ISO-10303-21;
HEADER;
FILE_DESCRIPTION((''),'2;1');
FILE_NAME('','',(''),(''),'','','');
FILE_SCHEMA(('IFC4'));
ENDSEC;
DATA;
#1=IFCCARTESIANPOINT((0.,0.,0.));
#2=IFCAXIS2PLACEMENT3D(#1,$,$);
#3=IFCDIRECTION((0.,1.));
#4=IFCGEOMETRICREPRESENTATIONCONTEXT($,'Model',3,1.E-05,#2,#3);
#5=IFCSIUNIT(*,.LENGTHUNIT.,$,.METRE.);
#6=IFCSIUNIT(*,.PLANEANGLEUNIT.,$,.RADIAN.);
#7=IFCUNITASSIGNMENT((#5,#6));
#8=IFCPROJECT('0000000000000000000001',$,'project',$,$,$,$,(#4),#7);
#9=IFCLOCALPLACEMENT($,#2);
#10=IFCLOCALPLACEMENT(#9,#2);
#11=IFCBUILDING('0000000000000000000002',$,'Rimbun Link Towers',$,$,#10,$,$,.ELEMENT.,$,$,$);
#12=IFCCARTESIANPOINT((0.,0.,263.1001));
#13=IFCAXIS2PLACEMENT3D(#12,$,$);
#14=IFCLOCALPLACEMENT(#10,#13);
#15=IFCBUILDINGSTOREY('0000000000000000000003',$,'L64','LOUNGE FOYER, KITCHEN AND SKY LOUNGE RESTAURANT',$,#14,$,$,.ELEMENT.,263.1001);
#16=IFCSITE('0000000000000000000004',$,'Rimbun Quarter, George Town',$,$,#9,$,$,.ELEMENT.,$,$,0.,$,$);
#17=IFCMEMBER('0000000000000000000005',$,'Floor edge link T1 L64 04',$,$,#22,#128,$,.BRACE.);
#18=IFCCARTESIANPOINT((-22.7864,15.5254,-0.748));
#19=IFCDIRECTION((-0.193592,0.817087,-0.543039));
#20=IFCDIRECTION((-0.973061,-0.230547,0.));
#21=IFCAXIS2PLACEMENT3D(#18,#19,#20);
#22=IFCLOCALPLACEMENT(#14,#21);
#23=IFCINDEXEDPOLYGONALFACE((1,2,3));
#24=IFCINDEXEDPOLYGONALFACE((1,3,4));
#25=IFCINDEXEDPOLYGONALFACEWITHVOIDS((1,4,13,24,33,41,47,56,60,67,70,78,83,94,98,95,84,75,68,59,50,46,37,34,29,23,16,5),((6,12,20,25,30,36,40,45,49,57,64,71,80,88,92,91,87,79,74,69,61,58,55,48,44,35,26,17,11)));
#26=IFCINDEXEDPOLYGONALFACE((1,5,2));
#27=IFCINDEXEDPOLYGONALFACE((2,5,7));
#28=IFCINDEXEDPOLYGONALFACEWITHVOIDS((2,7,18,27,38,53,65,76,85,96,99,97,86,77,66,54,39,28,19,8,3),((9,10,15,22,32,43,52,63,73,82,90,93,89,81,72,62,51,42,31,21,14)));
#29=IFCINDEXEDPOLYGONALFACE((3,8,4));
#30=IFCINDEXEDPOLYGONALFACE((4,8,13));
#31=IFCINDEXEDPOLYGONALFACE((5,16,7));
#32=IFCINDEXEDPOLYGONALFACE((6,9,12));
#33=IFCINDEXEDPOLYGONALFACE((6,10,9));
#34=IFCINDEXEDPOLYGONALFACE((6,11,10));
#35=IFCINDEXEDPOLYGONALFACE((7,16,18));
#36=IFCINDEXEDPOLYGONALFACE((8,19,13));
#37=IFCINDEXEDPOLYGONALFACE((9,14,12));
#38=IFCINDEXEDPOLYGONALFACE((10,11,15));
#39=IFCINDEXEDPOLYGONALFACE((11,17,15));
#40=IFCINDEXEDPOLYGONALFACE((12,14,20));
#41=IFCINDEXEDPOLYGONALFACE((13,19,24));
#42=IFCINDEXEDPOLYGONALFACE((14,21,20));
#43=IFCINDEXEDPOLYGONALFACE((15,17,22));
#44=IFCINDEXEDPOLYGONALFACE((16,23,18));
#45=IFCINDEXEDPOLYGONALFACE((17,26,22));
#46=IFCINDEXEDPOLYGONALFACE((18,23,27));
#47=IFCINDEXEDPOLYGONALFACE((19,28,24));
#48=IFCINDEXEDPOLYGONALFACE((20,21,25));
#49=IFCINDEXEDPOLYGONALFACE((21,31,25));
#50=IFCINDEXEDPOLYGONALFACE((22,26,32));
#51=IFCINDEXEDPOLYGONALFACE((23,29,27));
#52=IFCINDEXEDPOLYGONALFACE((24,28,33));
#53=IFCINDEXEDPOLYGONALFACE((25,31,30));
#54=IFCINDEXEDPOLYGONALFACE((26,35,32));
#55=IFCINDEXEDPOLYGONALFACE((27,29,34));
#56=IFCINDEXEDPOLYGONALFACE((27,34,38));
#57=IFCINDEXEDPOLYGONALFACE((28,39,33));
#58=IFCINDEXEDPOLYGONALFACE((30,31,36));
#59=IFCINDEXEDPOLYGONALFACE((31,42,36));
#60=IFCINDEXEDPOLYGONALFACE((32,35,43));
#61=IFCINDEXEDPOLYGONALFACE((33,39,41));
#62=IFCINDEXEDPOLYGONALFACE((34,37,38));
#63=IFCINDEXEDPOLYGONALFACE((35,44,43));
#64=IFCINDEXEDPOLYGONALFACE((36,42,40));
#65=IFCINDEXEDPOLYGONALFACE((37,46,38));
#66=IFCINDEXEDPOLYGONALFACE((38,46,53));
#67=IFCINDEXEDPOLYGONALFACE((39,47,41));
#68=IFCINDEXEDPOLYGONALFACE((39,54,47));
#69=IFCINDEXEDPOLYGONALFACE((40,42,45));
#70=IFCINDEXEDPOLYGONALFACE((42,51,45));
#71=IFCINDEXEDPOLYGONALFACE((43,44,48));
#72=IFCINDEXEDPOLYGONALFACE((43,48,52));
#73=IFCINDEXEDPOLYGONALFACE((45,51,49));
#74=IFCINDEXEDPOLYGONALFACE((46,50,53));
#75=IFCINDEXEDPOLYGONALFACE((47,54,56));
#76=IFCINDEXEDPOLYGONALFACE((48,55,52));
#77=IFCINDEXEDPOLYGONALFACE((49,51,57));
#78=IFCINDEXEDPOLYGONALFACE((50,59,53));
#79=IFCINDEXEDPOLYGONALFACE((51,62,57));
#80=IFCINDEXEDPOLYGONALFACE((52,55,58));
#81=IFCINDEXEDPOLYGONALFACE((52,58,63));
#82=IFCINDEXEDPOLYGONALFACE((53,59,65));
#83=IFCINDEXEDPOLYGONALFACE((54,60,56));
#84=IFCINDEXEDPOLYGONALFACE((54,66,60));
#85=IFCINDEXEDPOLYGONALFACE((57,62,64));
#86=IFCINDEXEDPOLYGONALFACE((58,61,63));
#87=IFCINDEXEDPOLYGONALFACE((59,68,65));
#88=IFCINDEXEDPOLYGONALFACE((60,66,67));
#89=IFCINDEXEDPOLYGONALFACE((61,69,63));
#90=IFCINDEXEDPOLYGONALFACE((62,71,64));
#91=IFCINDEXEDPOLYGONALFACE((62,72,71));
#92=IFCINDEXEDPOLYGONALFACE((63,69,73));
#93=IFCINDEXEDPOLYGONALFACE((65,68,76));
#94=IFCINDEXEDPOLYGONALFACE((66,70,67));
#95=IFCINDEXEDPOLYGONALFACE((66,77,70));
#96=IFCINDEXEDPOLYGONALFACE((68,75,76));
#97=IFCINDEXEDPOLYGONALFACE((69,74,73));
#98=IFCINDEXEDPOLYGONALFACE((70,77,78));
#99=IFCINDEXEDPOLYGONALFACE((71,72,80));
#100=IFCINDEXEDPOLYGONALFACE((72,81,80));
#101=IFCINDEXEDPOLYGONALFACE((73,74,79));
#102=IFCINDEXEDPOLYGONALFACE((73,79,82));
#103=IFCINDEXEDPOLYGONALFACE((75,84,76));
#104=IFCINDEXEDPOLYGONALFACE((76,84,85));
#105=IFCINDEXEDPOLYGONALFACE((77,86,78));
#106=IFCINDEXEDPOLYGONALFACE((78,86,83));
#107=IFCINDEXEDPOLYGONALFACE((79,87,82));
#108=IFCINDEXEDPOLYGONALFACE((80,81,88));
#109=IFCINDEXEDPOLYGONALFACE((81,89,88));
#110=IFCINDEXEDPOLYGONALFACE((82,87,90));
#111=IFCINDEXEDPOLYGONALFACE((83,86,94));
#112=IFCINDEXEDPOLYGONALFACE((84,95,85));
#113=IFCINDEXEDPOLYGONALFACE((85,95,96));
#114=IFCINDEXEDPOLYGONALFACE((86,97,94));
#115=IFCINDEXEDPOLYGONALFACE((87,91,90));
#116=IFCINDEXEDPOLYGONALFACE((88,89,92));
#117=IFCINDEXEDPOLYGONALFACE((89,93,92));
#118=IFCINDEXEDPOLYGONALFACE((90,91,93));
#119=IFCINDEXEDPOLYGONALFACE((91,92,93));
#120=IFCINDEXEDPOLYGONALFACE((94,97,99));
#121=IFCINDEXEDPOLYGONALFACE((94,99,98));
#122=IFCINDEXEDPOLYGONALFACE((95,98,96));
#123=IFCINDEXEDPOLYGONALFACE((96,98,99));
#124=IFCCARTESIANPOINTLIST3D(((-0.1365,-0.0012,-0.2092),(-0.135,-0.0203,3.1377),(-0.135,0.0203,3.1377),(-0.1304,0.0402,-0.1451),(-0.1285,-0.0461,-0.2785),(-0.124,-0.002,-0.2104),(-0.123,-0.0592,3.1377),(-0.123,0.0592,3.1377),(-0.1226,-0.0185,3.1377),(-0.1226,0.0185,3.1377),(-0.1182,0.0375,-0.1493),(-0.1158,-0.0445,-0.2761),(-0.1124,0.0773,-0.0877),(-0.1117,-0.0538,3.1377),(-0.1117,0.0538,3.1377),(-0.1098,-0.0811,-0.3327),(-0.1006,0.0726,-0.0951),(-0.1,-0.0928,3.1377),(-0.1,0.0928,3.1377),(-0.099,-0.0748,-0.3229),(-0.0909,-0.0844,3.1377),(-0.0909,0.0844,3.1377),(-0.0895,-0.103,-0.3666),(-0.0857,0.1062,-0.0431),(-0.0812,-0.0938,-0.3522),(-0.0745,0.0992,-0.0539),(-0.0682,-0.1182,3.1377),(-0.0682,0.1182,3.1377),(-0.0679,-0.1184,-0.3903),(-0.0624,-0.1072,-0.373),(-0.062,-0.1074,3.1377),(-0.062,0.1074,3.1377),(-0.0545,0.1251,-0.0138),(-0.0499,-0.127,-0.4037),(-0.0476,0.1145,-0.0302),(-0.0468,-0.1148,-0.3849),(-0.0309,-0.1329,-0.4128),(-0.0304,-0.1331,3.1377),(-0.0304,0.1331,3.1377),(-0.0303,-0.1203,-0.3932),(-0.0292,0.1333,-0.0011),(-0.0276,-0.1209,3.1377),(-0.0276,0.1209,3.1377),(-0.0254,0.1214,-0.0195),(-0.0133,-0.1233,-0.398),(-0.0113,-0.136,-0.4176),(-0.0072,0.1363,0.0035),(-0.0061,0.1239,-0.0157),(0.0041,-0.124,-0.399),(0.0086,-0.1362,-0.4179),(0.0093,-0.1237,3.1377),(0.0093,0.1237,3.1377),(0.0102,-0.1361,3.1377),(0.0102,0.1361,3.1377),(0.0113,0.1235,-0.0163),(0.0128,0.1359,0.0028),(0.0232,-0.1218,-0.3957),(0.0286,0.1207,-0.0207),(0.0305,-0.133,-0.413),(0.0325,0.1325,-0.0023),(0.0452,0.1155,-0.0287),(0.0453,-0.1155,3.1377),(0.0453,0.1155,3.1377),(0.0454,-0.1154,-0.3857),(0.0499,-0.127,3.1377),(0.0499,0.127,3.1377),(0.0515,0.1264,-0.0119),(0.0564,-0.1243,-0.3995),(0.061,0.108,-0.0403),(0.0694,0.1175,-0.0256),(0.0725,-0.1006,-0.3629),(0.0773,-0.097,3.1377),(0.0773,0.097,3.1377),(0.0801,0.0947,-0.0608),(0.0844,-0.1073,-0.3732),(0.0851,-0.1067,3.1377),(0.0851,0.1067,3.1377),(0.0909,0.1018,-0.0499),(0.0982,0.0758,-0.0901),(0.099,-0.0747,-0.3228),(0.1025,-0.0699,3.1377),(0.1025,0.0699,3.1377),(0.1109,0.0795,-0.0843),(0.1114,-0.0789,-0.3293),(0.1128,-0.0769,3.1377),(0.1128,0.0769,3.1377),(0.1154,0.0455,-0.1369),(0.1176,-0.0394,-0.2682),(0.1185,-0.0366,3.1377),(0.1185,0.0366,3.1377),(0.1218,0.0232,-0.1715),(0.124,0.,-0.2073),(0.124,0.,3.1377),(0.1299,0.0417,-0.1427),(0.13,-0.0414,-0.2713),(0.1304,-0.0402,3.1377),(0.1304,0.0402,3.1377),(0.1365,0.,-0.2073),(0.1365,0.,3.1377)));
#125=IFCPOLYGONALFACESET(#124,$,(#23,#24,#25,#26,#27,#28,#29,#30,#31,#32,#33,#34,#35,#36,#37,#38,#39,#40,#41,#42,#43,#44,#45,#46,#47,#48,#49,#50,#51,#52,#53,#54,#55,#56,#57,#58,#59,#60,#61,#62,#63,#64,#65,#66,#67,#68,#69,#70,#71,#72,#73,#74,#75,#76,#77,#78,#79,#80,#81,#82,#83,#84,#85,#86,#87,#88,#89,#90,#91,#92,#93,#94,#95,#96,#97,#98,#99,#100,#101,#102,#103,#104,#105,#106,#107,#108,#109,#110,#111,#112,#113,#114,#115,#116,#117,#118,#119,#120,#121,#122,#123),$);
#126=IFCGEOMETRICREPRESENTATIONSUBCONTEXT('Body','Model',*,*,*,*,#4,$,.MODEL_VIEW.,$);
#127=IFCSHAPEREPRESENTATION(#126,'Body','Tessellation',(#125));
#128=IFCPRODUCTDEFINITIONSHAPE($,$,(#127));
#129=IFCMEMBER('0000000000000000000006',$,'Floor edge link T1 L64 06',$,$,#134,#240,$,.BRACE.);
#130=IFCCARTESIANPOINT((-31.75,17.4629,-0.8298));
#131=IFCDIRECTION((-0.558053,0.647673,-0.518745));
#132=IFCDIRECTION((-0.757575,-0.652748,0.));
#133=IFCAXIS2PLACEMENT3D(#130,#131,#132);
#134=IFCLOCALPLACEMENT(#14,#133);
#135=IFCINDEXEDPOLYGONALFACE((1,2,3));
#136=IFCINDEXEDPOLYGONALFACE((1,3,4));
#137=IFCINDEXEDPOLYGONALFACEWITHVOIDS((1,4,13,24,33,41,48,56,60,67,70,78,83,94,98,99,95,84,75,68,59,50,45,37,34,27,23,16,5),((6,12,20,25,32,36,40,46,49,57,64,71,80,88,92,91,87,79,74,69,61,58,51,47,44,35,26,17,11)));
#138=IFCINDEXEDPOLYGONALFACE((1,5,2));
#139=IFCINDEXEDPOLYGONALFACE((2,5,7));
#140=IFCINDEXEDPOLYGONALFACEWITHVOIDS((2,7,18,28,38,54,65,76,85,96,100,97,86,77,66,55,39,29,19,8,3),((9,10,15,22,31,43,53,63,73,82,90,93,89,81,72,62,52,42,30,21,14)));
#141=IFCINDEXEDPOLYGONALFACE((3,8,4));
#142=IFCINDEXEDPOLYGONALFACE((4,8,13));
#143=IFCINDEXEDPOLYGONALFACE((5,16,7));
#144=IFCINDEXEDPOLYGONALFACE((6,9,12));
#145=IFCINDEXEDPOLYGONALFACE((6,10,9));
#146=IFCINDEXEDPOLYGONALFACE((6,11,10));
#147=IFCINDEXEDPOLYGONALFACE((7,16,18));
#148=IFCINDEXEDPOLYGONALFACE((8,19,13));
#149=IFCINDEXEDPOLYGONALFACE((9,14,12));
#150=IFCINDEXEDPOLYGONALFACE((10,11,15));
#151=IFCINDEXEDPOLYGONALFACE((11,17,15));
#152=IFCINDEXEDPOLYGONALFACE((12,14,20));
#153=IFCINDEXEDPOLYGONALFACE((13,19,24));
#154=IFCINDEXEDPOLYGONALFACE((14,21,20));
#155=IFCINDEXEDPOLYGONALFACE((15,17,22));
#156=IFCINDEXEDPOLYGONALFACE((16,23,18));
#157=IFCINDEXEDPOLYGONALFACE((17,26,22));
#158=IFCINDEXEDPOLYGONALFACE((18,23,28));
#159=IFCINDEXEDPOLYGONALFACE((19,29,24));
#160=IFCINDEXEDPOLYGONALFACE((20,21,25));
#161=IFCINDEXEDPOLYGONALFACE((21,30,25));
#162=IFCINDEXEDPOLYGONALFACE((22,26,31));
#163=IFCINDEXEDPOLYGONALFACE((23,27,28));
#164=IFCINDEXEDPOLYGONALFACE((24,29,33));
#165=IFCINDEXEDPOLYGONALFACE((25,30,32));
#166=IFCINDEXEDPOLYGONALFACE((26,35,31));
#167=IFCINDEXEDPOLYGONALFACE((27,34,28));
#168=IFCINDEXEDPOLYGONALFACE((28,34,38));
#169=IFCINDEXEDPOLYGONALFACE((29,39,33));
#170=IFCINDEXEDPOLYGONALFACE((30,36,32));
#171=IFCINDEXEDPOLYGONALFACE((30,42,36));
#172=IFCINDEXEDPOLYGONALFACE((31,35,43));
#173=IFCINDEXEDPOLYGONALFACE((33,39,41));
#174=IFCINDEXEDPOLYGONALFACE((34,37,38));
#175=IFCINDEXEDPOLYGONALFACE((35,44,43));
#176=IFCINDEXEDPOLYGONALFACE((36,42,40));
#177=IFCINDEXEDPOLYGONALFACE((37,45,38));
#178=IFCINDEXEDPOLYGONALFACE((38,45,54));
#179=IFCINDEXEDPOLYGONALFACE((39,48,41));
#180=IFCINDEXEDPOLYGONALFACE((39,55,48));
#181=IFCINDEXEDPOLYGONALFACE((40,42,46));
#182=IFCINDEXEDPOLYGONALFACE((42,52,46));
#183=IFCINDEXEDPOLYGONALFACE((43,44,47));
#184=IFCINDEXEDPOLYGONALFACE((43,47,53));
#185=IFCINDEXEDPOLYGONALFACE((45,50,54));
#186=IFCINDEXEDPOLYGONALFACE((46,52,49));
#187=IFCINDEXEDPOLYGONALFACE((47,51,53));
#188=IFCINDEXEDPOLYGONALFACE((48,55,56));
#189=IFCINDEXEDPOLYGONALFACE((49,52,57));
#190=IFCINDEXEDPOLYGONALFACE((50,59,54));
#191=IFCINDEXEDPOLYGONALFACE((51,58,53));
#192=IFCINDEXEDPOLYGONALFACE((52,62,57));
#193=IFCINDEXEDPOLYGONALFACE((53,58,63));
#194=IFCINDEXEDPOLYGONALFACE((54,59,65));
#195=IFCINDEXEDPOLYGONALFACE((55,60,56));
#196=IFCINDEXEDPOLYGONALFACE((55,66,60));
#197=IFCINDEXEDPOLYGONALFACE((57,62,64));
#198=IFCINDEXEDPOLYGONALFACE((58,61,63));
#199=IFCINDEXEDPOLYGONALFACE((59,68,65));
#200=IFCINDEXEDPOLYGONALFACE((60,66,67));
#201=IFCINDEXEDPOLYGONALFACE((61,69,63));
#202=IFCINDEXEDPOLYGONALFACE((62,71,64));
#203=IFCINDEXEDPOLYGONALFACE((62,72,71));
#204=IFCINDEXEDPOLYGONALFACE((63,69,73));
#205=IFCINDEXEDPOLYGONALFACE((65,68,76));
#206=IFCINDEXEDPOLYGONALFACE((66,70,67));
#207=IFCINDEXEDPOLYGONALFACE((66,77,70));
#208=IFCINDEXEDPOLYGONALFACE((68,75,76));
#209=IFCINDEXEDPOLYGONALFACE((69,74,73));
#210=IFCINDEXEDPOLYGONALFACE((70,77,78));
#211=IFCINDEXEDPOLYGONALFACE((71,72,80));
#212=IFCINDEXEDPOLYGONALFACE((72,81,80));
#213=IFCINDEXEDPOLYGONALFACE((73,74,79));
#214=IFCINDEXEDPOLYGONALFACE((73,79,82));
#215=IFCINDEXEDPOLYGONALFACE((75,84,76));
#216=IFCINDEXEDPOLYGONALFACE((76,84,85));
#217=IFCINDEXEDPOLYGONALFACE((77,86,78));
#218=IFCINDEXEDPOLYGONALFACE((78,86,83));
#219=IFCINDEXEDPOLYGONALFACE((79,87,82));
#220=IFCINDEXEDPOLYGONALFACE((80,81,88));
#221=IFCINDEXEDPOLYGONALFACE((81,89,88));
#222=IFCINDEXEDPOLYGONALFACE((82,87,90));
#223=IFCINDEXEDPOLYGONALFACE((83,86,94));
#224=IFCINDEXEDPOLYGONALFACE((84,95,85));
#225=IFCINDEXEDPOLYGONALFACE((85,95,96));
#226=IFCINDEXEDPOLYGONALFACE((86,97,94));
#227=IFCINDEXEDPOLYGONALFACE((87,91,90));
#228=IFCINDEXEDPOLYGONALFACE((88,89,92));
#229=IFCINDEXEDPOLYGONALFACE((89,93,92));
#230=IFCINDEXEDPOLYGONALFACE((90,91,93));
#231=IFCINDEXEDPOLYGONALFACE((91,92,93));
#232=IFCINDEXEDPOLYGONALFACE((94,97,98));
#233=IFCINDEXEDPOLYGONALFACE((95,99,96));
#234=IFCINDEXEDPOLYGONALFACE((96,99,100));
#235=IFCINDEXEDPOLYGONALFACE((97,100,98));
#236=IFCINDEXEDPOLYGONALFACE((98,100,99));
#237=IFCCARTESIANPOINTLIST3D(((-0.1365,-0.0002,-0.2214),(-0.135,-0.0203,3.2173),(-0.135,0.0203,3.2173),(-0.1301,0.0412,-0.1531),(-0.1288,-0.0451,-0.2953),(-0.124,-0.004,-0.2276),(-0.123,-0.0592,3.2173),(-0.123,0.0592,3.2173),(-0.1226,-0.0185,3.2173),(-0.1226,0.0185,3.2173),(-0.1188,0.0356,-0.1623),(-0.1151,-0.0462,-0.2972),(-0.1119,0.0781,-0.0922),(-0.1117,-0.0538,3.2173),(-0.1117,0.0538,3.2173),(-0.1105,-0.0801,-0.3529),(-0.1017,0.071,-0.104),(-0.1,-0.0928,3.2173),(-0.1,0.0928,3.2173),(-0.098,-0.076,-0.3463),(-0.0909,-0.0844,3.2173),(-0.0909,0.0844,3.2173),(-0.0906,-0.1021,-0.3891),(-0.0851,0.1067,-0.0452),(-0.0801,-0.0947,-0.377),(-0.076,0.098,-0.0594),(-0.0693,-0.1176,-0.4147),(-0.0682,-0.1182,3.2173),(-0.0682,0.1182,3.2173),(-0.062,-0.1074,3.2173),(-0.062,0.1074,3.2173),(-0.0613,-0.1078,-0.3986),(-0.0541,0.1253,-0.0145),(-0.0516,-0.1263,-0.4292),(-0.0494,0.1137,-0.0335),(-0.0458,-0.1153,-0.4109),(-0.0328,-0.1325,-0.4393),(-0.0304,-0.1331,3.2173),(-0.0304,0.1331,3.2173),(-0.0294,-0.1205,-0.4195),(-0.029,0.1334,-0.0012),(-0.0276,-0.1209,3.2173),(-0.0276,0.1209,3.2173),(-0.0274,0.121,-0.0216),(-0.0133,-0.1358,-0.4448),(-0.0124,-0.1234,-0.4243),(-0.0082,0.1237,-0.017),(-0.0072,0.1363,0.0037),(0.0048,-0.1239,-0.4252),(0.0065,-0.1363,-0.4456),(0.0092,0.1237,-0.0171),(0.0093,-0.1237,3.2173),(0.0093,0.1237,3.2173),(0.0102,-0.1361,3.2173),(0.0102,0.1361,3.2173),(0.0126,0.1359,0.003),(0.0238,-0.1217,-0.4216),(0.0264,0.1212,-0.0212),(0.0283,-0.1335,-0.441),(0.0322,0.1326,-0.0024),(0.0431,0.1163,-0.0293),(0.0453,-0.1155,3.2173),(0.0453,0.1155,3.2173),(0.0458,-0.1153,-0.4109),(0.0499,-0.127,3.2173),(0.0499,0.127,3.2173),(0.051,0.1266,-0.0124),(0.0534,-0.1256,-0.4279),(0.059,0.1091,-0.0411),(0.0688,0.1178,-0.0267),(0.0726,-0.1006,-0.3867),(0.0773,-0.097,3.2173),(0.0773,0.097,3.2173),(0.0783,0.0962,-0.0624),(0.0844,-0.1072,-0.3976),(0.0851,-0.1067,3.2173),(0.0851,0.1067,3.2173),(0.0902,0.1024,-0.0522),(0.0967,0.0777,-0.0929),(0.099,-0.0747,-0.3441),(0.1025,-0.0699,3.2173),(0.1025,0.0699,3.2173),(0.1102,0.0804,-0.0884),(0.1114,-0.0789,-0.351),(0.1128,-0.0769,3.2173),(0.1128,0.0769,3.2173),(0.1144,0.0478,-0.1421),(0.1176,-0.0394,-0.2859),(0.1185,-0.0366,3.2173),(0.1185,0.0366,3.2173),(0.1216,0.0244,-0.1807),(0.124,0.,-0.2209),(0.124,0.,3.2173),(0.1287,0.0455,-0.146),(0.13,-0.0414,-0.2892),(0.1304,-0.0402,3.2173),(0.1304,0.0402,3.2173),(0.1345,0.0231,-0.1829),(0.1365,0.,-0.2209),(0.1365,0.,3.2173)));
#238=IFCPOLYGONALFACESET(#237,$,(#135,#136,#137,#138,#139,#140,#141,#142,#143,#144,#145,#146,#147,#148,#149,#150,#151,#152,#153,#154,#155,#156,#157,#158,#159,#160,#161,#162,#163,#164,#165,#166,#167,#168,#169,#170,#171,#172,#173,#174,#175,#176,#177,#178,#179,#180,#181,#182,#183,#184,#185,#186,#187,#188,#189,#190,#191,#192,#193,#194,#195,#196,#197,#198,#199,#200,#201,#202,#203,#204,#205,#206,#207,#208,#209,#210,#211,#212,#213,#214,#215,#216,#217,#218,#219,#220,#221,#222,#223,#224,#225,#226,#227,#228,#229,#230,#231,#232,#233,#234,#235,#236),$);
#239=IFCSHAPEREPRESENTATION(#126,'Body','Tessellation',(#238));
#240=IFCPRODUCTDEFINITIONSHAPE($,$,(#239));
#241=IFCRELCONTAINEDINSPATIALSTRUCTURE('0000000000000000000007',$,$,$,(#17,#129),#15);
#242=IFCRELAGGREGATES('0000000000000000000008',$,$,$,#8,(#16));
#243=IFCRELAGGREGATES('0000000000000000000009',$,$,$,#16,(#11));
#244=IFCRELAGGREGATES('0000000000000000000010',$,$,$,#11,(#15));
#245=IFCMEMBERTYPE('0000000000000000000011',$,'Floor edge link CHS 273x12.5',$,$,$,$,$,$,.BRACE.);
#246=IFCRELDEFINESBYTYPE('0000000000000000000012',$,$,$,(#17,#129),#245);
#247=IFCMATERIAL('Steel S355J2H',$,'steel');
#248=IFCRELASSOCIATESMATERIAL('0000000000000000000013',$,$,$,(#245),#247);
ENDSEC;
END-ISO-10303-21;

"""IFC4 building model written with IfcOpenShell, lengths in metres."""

from ifc_helpers import new_model, si_unit, direction, frame, origin, origin_2d, place, context, subcontext, project, spatial, hollow_circle, extrude, clip, halfspace, material, material_profile, profile_set, type_object, element, save


model = new_model("IFC4")

# Units and contexts
model_context = context("Model", 3, precision=1e-05, world=origin(), true_north=direction((0.0, 1.0)))
body_context = subcontext(model_context, "Body", "Model", "MODEL_VIEW")
ifc_project = project(units=[si_unit("LENGTHUNIT", "METRE"), si_unit("PLANEANGLEUNIT", "RADIAN")], contexts=[model_context])

# Site, building, storey
site_placement = place(None, origin())
site = spatial("IfcSite", under=ifc_project, at=site_placement, Name="Rimbun Quarter, George Town", CompositionType="ELEMENT", RefElevation=0.0)
building_placement = place(site_placement, origin())
building = spatial("IfcBuilding", under=site, at=building_placement, Name="Rimbun Link Towers", CompositionType="ELEMENT")
storey_placement = place(building_placement, frame((0.0, 0.0, 263.1001)))
storey = spatial("IfcBuildingStorey", under=building, at=storey_placement, Name="L64", Description="LOUNGE FOYER, KITCHEN AND SKY LOUNGE RESTAURANT", CompositionType="ELEMENT", Elevation=263.1001)

# Members
ifc_material_1 = material(Name="Steel S355J2H", Category="steel")
ifc_material_profile_1 = material_profile(ifc_material_1, hollow_circle(Radius=0.1365, WallThickness=0.0125, at=origin_2d()), Name="CHS 273x12.5")
ifc_profile_set_1 = profile_set([ifc_material_profile_1], Name="Steel S355J2H")
member_type_1 = type_object("IfcMemberType", Name="Floor edge link CHS 273x12.5", PredefinedType="BRACE", material=ifc_profile_set_1)
member_1_placement = place(storey_placement, frame((-22.7864, 15.5254, -0.748), z_axis=(-0.193592, 0.817087, -0.543039), x_axis=(-0.973061, -0.230547, 0.0)))
element("IfcMember", 1, at=member_1_placement, inside=storey, type_object=member_type_1, Name="Floor edge link T1 L64 04", PredefinedType="BRACE", context=body_context, shape_type="Clipping", body=[
    clip(extrude(hollow_circle(Radius=0.1365, WallThickness=0.0125, at=origin_2d()), frame((0.0, 0.0, -0.4404)), (0.0, 0.0, 1.0), 3.5781), halfspace(frame((0.0, 0.0, -0.2073), z_axis=(0.0, 0.839708, -0.543039)), False)),
])
member_2_placement = place(storey_placement, frame((-31.75, 17.4629, -0.8298), z_axis=(-0.558053, 0.647673, -0.518745), x_axis=(-0.757575, -0.652748, 0.0)))
element("IfcMember", 2, at=member_2_placement, inside=storey, type_object=member_type_1, Name="Floor edge link T1 L64 06", PredefinedType="BRACE", context=body_context, shape_type="Clipping", body=[
    clip(extrude(hollow_circle(Radius=0.1365, WallThickness=0.0125, at=origin_2d()), frame((0.0, 0.0, -0.4692)), (0.0, 0.0, 1.0), 3.6865), halfspace(frame((0.0, 0.0, -0.2209), z_axis=(0.0, 0.854929, -0.518745)), False)),
])

save(model, "model.ifc")
